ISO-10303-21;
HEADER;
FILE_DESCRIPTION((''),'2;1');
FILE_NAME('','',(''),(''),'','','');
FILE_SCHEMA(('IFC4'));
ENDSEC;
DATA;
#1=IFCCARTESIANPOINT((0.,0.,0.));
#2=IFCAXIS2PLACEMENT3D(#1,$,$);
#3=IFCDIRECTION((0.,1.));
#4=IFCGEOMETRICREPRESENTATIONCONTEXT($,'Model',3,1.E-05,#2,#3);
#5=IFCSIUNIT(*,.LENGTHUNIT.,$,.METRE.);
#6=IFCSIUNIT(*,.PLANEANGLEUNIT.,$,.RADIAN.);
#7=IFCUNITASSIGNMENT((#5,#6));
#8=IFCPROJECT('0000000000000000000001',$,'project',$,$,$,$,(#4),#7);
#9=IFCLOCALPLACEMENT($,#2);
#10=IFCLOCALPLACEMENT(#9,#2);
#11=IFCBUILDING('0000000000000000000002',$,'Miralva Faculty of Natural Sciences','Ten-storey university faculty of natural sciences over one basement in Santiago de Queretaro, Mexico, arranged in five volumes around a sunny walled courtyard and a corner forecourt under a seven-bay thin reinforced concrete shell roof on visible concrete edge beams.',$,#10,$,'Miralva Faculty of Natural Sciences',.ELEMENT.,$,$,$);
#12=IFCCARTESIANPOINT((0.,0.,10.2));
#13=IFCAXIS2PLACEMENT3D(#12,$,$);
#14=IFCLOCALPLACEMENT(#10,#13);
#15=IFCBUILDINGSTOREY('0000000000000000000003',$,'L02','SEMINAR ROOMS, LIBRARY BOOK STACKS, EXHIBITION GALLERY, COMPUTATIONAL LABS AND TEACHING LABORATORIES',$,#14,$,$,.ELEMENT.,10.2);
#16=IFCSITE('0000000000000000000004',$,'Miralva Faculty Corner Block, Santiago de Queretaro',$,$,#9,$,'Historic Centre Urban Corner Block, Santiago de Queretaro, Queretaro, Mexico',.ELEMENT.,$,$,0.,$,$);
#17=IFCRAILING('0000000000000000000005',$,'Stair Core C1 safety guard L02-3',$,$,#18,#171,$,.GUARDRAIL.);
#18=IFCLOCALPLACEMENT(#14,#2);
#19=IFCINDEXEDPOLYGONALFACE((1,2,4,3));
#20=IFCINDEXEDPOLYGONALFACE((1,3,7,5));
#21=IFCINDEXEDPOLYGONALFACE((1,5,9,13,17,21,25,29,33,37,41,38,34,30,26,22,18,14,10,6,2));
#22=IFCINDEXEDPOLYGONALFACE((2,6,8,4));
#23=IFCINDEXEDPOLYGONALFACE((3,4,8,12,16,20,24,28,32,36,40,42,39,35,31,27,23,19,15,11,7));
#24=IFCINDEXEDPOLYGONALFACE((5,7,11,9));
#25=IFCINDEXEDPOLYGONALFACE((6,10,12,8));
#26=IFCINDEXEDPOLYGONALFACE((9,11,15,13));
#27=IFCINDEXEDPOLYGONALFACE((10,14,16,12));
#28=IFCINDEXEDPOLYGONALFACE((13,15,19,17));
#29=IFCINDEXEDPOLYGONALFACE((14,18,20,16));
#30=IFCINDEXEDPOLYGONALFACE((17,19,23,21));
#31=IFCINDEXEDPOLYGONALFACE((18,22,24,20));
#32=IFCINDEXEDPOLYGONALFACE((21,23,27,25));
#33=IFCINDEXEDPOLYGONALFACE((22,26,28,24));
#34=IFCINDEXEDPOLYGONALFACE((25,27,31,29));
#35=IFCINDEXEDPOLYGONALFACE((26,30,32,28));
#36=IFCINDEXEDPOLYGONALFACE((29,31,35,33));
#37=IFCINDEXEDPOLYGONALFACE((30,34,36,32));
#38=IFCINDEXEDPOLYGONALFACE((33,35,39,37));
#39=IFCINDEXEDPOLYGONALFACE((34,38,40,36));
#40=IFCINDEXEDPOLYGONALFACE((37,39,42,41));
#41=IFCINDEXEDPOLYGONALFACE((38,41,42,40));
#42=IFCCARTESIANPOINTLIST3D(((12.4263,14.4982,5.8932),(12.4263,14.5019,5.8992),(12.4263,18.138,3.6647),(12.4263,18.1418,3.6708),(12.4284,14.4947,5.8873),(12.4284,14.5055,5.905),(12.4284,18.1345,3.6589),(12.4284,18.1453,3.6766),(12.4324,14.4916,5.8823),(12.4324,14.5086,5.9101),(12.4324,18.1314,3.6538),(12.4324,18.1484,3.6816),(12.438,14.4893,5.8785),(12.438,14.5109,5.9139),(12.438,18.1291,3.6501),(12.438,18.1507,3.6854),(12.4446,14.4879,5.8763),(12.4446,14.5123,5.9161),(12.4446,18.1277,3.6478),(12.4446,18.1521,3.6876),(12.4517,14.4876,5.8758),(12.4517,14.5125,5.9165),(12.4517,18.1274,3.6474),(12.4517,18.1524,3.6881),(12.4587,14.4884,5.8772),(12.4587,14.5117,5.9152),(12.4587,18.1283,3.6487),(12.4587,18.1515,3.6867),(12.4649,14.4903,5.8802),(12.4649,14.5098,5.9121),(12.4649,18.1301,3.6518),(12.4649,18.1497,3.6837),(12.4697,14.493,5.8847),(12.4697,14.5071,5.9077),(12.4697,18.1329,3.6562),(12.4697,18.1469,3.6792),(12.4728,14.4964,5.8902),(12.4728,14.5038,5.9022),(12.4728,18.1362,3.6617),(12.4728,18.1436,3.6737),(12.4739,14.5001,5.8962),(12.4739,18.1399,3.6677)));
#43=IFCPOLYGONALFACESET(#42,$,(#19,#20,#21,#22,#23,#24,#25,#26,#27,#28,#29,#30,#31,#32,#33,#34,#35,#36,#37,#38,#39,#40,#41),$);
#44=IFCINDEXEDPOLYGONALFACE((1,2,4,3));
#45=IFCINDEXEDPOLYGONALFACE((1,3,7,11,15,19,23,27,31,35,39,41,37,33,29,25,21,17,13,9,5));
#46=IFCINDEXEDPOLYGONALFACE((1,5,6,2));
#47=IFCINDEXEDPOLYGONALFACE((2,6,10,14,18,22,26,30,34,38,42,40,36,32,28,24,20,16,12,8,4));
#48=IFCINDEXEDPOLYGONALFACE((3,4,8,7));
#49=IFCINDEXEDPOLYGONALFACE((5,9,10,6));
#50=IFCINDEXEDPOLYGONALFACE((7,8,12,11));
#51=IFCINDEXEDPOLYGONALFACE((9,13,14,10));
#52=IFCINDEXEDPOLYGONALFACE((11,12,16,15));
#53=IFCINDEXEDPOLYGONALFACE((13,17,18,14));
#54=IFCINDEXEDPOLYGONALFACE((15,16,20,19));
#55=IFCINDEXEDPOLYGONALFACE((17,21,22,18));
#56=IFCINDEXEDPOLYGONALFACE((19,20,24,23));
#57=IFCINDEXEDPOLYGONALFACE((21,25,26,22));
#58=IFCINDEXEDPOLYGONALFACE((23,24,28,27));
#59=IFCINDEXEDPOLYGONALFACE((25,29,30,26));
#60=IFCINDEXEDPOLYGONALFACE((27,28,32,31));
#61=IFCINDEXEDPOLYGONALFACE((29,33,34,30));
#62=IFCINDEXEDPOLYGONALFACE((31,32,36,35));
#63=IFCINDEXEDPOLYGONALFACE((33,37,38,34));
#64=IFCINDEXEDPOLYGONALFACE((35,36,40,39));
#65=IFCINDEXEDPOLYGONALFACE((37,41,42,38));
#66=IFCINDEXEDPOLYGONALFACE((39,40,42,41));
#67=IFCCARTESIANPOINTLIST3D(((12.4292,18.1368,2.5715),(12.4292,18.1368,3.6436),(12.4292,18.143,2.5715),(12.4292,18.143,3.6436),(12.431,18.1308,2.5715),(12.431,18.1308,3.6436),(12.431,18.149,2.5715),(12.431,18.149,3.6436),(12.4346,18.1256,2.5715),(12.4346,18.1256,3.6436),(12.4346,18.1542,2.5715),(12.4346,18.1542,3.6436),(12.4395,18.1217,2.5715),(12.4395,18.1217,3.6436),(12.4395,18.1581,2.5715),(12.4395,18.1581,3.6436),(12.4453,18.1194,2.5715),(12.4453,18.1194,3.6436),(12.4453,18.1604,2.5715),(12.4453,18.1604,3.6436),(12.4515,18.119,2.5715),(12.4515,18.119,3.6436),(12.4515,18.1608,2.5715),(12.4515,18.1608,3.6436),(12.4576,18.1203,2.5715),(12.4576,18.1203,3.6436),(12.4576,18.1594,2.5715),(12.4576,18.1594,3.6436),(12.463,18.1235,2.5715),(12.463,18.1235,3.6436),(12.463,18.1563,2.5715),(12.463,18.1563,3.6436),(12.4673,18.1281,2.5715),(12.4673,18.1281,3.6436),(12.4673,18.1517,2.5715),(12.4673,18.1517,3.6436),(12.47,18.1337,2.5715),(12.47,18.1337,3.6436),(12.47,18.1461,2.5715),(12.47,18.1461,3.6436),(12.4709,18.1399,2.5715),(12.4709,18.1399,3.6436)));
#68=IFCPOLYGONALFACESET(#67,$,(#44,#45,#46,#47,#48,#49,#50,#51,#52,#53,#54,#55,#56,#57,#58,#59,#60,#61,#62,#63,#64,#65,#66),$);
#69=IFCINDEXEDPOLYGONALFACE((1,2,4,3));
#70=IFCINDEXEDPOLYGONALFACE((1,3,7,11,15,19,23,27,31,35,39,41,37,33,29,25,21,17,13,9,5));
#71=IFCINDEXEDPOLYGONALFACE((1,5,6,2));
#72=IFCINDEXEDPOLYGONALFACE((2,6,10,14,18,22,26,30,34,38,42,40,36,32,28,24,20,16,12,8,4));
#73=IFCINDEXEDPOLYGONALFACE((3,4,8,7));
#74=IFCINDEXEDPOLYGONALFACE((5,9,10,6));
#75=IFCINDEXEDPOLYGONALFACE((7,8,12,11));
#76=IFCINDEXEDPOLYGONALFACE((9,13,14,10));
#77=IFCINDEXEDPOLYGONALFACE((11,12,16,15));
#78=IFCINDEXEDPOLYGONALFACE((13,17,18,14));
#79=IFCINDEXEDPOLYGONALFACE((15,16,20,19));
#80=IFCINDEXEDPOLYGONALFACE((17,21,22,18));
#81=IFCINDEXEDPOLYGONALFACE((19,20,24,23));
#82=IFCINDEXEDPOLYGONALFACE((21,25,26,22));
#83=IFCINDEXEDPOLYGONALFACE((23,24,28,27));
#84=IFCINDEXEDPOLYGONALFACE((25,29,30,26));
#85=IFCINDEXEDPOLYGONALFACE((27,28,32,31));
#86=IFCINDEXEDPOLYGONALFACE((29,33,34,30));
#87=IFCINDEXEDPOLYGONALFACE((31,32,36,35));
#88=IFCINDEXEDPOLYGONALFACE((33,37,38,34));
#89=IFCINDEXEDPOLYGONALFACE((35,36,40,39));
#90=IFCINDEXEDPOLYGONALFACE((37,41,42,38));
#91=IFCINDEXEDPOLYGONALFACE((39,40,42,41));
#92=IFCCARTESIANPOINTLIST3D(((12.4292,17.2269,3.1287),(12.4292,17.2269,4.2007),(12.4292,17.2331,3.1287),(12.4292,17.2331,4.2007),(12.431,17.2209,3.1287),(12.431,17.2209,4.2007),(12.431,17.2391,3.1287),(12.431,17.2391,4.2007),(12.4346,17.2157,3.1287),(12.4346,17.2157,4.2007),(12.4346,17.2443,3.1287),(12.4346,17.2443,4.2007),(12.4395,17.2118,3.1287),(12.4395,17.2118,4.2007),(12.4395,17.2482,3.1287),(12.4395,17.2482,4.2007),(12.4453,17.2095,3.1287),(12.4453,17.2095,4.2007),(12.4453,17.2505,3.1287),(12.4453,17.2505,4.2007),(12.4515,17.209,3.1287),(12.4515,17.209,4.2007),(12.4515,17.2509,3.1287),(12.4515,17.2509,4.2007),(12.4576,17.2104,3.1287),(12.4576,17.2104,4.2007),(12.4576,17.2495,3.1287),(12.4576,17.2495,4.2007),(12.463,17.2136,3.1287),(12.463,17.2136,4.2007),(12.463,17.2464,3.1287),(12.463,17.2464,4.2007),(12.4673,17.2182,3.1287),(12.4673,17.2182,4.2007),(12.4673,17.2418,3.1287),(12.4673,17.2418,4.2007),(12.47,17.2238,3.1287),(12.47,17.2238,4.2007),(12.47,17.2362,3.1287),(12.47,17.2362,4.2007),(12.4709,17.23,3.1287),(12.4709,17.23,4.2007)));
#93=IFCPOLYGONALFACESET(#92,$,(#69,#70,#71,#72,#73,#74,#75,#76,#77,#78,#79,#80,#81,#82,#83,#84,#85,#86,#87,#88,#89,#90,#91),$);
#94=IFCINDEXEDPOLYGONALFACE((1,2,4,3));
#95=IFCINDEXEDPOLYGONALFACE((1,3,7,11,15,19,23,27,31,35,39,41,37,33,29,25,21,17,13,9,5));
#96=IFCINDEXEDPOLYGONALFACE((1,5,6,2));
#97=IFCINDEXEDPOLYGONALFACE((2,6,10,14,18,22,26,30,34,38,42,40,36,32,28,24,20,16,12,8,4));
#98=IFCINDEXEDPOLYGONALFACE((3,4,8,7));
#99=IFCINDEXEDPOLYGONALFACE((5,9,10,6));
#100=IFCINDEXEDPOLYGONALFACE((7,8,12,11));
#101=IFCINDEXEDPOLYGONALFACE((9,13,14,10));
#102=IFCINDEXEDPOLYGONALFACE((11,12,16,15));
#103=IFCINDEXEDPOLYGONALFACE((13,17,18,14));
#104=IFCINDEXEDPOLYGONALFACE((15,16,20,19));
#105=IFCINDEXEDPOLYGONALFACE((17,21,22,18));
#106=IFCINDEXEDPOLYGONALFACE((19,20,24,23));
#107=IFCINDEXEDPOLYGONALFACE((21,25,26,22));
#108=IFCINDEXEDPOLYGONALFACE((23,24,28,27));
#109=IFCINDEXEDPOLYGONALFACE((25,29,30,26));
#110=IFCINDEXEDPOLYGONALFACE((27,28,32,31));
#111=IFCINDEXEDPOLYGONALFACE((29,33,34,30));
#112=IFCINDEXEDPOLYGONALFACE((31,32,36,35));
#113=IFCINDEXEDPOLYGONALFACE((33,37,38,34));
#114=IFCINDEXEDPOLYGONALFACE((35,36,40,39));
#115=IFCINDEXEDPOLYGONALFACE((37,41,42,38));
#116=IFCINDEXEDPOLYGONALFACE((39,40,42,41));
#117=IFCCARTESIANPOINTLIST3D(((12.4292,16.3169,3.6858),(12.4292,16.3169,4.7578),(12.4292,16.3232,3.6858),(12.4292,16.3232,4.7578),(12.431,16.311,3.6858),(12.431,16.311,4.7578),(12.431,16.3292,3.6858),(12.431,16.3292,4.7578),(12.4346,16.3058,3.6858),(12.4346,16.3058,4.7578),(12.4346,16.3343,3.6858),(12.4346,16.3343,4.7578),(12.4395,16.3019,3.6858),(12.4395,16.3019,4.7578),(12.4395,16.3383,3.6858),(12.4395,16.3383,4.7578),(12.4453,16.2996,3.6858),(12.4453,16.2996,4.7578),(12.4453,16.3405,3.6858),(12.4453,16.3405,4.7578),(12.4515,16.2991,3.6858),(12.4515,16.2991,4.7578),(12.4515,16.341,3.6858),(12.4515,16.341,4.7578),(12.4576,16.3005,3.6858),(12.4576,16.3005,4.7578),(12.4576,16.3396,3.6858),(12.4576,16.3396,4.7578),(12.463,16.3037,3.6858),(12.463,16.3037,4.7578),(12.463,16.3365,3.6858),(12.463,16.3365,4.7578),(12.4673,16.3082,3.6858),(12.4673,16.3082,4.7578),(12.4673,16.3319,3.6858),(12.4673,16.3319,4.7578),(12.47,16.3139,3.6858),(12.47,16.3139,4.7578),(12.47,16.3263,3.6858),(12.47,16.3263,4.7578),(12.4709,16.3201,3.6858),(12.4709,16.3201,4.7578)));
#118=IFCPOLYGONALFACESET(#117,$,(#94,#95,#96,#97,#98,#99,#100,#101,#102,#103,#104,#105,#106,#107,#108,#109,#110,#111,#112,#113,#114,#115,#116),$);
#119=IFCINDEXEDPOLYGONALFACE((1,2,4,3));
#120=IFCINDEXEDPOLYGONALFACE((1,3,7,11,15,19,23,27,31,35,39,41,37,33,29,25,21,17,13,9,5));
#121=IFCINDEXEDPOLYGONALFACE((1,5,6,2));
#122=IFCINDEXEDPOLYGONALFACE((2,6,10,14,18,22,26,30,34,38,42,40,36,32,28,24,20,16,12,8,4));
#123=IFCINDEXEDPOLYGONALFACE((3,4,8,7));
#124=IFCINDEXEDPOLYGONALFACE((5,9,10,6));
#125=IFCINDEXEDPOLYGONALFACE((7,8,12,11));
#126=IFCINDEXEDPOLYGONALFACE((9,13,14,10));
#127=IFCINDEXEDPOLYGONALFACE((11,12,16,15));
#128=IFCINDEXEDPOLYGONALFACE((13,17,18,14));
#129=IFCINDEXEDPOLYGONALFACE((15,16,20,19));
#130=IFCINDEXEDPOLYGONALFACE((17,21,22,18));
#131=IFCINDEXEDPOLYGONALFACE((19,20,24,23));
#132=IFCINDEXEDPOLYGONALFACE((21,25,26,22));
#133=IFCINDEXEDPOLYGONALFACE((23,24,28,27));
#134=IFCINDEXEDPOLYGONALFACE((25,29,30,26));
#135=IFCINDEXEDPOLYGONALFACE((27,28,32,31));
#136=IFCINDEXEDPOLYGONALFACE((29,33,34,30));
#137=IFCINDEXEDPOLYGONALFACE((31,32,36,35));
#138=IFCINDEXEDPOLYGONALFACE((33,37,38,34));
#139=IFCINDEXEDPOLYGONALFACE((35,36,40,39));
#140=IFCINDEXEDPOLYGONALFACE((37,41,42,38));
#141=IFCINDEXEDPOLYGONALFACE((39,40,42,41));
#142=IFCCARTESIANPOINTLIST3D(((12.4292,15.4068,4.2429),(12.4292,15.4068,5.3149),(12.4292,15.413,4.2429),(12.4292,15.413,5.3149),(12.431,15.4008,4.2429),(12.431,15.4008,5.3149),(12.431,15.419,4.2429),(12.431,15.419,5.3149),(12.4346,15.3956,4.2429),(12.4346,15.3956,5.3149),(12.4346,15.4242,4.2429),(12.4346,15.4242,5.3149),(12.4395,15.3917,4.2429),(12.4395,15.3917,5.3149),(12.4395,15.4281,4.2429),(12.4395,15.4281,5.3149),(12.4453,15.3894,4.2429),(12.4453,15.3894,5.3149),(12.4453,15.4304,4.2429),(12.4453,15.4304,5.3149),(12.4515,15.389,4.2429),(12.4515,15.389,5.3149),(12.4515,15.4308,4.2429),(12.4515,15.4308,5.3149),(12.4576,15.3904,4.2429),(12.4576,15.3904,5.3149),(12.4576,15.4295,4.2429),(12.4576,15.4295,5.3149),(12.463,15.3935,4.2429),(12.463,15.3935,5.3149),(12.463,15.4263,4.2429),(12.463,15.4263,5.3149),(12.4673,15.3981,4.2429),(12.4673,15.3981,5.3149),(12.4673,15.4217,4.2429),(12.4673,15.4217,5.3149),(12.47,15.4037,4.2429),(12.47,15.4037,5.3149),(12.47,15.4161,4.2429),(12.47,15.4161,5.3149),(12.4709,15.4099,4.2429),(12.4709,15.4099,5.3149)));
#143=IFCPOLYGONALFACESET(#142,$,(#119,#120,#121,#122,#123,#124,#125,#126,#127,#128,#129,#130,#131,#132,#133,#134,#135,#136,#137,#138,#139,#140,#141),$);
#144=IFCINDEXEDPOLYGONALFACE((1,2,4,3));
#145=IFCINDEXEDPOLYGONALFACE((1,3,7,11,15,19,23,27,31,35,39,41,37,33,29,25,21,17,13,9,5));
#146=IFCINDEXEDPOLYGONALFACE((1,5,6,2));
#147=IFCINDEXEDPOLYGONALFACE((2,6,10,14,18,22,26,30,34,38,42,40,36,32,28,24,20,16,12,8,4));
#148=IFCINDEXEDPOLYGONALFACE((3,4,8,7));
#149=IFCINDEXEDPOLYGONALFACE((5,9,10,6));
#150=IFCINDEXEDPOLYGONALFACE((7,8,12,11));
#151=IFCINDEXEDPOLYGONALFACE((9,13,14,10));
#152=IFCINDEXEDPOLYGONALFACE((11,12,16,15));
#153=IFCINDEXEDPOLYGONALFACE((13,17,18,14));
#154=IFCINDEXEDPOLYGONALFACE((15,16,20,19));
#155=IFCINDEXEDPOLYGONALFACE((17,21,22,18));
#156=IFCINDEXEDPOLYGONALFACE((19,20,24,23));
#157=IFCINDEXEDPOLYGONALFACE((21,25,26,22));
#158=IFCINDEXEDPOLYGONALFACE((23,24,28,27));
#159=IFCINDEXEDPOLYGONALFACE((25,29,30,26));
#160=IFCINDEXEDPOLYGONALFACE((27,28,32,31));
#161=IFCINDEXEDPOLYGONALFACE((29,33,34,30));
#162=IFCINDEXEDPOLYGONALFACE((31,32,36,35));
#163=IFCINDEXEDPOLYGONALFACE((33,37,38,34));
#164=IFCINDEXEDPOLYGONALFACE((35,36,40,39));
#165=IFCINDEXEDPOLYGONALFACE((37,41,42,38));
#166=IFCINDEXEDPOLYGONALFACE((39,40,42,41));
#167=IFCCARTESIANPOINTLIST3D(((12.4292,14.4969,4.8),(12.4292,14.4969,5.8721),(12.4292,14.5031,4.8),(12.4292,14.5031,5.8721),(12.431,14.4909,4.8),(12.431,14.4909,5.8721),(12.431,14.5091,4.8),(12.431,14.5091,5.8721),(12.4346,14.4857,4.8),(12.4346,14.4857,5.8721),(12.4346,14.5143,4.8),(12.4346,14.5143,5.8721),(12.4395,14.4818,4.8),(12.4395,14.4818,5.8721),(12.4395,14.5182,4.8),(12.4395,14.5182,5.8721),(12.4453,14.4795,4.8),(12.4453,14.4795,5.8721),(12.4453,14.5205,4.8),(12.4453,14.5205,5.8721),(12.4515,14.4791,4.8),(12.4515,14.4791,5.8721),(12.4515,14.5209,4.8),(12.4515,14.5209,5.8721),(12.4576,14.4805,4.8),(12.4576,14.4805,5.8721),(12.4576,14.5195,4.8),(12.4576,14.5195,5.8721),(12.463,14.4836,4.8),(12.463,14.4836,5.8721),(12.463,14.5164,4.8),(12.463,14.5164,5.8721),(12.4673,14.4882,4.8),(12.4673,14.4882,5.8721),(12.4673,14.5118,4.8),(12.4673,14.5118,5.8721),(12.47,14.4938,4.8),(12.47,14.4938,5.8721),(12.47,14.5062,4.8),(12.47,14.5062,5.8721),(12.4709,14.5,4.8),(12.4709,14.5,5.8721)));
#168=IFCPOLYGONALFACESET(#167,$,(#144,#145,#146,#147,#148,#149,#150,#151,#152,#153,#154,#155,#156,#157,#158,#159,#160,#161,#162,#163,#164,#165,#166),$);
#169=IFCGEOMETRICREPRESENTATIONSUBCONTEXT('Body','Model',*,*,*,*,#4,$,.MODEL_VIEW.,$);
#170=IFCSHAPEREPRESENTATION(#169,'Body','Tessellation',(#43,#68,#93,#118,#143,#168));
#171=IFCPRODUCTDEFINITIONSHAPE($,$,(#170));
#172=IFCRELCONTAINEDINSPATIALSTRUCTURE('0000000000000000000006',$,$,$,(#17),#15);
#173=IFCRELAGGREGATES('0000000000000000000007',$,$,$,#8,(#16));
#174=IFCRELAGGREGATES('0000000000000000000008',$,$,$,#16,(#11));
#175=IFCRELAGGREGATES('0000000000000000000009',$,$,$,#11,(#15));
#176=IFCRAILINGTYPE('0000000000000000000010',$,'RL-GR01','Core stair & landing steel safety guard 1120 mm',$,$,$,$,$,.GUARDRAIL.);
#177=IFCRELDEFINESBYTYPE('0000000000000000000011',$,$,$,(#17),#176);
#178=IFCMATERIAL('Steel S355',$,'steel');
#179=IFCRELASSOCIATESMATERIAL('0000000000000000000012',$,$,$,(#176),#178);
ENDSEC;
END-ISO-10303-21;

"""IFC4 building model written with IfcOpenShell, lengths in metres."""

from ifc_helpers import new_model, si_unit, direction, frame, origin, origin_2d, place, context, subcontext, project, spatial, circle, extrude, material, type_object, element, save


model = new_model("IFC4")

# Units and contexts
model_context = context("Model", 3, precision=1e-05, world=origin(), true_north=direction((0.0, 1.0)))
body_context = subcontext(model_context, "Body", "Model", "MODEL_VIEW")
ifc_project = project(units=[si_unit("LENGTHUNIT", "METRE"), si_unit("PLANEANGLEUNIT", "RADIAN")], contexts=[model_context])

# Site, building, storey
site_placement = place(None, origin())
site = spatial("IfcSite", under=ifc_project, at=site_placement, Name="Miralva Faculty Corner Block, Santiago de Queretaro", LongName="Historic Centre Urban Corner Block, Santiago de Queretaro, Queretaro, Mexico", CompositionType="ELEMENT", RefElevation=0.0)
building_placement = place(site_placement, origin())
building = spatial("IfcBuilding", under=site, at=building_placement, Name="Miralva Faculty of Natural Sciences", Description="Ten-storey university faculty of natural sciences over one basement in Santiago de Queretaro, Mexico, arranged in five volumes around a sunny walled courtyard and a corner forecourt under a seven-bay thin reinforced concrete shell roof on visible concrete edge beams.", LongName="Miralva Faculty of Natural Sciences", CompositionType="ELEMENT")
storey_placement = place(building_placement, frame((0.0, 0.0, 10.2)))
storey = spatial("IfcBuildingStorey", under=building, at=storey_placement, Name="L02", Description="SEMINAR ROOMS, LIBRARY BOOK STACKS, EXHIBITION GALLERY, COMPUTATIONAL LABS AND TEACHING LABORATORIES", CompositionType="ELEMENT", Elevation=10.2)

# Railing
ifc_material_1 = material(Name="Steel S355", Category="steel")
railing_type_1 = type_object("IfcRailingType", Name="RL-GR01", Description="Core stair & landing steel safety guard 1120 mm", PredefinedType="GUARDRAIL", material=ifc_material_1)
railing_1_placement = place(storey_placement, frame((12.45, 18.1399, 2.5715)))
element("IfcRailing", 1, at=railing_1_placement, inside=storey, type_object=railing_type_1, Name="Stair Core C1 safety guard L02-3", PredefinedType="GUARDRAIL", context=body_context, shape_type="SweptSolid", body=[
    extrude(circle(Radius=0.0239, at=origin_2d()), frame((0.0, 0.0, 1.0962), z_axis=(0.0, -0.85285, 0.522156), x_axis=(1.0, 0.0, 0.0)), (0.0, 0.0, 1.0), 4.2678),
    extrude(circle(Radius=0.021, at=origin_2d()), origin(), (0.0, 0.0, 1.0), 1.072),
    extrude(circle(Radius=0.021, at=origin_2d()), frame((0.0, -0.9099, 0.5571)), (0.0, 0.0, 1.0), 1.072),
    extrude(circle(Radius=0.021, at=origin_2d()), frame((0.0, -1.8198, 1.1143)), (0.0, 0.0, 1.0), 1.072),
    extrude(circle(Radius=0.021, at=origin_2d()), frame((0.0, -2.73, 1.6714)), (0.0, 0.0, 1.0), 1.072),
    extrude(circle(Radius=0.021, at=origin_2d()), frame((0.0, -3.6399, 2.2285)), (0.0, 0.0, 1.0), 1.072),
])

save(model, "model.ifc")
